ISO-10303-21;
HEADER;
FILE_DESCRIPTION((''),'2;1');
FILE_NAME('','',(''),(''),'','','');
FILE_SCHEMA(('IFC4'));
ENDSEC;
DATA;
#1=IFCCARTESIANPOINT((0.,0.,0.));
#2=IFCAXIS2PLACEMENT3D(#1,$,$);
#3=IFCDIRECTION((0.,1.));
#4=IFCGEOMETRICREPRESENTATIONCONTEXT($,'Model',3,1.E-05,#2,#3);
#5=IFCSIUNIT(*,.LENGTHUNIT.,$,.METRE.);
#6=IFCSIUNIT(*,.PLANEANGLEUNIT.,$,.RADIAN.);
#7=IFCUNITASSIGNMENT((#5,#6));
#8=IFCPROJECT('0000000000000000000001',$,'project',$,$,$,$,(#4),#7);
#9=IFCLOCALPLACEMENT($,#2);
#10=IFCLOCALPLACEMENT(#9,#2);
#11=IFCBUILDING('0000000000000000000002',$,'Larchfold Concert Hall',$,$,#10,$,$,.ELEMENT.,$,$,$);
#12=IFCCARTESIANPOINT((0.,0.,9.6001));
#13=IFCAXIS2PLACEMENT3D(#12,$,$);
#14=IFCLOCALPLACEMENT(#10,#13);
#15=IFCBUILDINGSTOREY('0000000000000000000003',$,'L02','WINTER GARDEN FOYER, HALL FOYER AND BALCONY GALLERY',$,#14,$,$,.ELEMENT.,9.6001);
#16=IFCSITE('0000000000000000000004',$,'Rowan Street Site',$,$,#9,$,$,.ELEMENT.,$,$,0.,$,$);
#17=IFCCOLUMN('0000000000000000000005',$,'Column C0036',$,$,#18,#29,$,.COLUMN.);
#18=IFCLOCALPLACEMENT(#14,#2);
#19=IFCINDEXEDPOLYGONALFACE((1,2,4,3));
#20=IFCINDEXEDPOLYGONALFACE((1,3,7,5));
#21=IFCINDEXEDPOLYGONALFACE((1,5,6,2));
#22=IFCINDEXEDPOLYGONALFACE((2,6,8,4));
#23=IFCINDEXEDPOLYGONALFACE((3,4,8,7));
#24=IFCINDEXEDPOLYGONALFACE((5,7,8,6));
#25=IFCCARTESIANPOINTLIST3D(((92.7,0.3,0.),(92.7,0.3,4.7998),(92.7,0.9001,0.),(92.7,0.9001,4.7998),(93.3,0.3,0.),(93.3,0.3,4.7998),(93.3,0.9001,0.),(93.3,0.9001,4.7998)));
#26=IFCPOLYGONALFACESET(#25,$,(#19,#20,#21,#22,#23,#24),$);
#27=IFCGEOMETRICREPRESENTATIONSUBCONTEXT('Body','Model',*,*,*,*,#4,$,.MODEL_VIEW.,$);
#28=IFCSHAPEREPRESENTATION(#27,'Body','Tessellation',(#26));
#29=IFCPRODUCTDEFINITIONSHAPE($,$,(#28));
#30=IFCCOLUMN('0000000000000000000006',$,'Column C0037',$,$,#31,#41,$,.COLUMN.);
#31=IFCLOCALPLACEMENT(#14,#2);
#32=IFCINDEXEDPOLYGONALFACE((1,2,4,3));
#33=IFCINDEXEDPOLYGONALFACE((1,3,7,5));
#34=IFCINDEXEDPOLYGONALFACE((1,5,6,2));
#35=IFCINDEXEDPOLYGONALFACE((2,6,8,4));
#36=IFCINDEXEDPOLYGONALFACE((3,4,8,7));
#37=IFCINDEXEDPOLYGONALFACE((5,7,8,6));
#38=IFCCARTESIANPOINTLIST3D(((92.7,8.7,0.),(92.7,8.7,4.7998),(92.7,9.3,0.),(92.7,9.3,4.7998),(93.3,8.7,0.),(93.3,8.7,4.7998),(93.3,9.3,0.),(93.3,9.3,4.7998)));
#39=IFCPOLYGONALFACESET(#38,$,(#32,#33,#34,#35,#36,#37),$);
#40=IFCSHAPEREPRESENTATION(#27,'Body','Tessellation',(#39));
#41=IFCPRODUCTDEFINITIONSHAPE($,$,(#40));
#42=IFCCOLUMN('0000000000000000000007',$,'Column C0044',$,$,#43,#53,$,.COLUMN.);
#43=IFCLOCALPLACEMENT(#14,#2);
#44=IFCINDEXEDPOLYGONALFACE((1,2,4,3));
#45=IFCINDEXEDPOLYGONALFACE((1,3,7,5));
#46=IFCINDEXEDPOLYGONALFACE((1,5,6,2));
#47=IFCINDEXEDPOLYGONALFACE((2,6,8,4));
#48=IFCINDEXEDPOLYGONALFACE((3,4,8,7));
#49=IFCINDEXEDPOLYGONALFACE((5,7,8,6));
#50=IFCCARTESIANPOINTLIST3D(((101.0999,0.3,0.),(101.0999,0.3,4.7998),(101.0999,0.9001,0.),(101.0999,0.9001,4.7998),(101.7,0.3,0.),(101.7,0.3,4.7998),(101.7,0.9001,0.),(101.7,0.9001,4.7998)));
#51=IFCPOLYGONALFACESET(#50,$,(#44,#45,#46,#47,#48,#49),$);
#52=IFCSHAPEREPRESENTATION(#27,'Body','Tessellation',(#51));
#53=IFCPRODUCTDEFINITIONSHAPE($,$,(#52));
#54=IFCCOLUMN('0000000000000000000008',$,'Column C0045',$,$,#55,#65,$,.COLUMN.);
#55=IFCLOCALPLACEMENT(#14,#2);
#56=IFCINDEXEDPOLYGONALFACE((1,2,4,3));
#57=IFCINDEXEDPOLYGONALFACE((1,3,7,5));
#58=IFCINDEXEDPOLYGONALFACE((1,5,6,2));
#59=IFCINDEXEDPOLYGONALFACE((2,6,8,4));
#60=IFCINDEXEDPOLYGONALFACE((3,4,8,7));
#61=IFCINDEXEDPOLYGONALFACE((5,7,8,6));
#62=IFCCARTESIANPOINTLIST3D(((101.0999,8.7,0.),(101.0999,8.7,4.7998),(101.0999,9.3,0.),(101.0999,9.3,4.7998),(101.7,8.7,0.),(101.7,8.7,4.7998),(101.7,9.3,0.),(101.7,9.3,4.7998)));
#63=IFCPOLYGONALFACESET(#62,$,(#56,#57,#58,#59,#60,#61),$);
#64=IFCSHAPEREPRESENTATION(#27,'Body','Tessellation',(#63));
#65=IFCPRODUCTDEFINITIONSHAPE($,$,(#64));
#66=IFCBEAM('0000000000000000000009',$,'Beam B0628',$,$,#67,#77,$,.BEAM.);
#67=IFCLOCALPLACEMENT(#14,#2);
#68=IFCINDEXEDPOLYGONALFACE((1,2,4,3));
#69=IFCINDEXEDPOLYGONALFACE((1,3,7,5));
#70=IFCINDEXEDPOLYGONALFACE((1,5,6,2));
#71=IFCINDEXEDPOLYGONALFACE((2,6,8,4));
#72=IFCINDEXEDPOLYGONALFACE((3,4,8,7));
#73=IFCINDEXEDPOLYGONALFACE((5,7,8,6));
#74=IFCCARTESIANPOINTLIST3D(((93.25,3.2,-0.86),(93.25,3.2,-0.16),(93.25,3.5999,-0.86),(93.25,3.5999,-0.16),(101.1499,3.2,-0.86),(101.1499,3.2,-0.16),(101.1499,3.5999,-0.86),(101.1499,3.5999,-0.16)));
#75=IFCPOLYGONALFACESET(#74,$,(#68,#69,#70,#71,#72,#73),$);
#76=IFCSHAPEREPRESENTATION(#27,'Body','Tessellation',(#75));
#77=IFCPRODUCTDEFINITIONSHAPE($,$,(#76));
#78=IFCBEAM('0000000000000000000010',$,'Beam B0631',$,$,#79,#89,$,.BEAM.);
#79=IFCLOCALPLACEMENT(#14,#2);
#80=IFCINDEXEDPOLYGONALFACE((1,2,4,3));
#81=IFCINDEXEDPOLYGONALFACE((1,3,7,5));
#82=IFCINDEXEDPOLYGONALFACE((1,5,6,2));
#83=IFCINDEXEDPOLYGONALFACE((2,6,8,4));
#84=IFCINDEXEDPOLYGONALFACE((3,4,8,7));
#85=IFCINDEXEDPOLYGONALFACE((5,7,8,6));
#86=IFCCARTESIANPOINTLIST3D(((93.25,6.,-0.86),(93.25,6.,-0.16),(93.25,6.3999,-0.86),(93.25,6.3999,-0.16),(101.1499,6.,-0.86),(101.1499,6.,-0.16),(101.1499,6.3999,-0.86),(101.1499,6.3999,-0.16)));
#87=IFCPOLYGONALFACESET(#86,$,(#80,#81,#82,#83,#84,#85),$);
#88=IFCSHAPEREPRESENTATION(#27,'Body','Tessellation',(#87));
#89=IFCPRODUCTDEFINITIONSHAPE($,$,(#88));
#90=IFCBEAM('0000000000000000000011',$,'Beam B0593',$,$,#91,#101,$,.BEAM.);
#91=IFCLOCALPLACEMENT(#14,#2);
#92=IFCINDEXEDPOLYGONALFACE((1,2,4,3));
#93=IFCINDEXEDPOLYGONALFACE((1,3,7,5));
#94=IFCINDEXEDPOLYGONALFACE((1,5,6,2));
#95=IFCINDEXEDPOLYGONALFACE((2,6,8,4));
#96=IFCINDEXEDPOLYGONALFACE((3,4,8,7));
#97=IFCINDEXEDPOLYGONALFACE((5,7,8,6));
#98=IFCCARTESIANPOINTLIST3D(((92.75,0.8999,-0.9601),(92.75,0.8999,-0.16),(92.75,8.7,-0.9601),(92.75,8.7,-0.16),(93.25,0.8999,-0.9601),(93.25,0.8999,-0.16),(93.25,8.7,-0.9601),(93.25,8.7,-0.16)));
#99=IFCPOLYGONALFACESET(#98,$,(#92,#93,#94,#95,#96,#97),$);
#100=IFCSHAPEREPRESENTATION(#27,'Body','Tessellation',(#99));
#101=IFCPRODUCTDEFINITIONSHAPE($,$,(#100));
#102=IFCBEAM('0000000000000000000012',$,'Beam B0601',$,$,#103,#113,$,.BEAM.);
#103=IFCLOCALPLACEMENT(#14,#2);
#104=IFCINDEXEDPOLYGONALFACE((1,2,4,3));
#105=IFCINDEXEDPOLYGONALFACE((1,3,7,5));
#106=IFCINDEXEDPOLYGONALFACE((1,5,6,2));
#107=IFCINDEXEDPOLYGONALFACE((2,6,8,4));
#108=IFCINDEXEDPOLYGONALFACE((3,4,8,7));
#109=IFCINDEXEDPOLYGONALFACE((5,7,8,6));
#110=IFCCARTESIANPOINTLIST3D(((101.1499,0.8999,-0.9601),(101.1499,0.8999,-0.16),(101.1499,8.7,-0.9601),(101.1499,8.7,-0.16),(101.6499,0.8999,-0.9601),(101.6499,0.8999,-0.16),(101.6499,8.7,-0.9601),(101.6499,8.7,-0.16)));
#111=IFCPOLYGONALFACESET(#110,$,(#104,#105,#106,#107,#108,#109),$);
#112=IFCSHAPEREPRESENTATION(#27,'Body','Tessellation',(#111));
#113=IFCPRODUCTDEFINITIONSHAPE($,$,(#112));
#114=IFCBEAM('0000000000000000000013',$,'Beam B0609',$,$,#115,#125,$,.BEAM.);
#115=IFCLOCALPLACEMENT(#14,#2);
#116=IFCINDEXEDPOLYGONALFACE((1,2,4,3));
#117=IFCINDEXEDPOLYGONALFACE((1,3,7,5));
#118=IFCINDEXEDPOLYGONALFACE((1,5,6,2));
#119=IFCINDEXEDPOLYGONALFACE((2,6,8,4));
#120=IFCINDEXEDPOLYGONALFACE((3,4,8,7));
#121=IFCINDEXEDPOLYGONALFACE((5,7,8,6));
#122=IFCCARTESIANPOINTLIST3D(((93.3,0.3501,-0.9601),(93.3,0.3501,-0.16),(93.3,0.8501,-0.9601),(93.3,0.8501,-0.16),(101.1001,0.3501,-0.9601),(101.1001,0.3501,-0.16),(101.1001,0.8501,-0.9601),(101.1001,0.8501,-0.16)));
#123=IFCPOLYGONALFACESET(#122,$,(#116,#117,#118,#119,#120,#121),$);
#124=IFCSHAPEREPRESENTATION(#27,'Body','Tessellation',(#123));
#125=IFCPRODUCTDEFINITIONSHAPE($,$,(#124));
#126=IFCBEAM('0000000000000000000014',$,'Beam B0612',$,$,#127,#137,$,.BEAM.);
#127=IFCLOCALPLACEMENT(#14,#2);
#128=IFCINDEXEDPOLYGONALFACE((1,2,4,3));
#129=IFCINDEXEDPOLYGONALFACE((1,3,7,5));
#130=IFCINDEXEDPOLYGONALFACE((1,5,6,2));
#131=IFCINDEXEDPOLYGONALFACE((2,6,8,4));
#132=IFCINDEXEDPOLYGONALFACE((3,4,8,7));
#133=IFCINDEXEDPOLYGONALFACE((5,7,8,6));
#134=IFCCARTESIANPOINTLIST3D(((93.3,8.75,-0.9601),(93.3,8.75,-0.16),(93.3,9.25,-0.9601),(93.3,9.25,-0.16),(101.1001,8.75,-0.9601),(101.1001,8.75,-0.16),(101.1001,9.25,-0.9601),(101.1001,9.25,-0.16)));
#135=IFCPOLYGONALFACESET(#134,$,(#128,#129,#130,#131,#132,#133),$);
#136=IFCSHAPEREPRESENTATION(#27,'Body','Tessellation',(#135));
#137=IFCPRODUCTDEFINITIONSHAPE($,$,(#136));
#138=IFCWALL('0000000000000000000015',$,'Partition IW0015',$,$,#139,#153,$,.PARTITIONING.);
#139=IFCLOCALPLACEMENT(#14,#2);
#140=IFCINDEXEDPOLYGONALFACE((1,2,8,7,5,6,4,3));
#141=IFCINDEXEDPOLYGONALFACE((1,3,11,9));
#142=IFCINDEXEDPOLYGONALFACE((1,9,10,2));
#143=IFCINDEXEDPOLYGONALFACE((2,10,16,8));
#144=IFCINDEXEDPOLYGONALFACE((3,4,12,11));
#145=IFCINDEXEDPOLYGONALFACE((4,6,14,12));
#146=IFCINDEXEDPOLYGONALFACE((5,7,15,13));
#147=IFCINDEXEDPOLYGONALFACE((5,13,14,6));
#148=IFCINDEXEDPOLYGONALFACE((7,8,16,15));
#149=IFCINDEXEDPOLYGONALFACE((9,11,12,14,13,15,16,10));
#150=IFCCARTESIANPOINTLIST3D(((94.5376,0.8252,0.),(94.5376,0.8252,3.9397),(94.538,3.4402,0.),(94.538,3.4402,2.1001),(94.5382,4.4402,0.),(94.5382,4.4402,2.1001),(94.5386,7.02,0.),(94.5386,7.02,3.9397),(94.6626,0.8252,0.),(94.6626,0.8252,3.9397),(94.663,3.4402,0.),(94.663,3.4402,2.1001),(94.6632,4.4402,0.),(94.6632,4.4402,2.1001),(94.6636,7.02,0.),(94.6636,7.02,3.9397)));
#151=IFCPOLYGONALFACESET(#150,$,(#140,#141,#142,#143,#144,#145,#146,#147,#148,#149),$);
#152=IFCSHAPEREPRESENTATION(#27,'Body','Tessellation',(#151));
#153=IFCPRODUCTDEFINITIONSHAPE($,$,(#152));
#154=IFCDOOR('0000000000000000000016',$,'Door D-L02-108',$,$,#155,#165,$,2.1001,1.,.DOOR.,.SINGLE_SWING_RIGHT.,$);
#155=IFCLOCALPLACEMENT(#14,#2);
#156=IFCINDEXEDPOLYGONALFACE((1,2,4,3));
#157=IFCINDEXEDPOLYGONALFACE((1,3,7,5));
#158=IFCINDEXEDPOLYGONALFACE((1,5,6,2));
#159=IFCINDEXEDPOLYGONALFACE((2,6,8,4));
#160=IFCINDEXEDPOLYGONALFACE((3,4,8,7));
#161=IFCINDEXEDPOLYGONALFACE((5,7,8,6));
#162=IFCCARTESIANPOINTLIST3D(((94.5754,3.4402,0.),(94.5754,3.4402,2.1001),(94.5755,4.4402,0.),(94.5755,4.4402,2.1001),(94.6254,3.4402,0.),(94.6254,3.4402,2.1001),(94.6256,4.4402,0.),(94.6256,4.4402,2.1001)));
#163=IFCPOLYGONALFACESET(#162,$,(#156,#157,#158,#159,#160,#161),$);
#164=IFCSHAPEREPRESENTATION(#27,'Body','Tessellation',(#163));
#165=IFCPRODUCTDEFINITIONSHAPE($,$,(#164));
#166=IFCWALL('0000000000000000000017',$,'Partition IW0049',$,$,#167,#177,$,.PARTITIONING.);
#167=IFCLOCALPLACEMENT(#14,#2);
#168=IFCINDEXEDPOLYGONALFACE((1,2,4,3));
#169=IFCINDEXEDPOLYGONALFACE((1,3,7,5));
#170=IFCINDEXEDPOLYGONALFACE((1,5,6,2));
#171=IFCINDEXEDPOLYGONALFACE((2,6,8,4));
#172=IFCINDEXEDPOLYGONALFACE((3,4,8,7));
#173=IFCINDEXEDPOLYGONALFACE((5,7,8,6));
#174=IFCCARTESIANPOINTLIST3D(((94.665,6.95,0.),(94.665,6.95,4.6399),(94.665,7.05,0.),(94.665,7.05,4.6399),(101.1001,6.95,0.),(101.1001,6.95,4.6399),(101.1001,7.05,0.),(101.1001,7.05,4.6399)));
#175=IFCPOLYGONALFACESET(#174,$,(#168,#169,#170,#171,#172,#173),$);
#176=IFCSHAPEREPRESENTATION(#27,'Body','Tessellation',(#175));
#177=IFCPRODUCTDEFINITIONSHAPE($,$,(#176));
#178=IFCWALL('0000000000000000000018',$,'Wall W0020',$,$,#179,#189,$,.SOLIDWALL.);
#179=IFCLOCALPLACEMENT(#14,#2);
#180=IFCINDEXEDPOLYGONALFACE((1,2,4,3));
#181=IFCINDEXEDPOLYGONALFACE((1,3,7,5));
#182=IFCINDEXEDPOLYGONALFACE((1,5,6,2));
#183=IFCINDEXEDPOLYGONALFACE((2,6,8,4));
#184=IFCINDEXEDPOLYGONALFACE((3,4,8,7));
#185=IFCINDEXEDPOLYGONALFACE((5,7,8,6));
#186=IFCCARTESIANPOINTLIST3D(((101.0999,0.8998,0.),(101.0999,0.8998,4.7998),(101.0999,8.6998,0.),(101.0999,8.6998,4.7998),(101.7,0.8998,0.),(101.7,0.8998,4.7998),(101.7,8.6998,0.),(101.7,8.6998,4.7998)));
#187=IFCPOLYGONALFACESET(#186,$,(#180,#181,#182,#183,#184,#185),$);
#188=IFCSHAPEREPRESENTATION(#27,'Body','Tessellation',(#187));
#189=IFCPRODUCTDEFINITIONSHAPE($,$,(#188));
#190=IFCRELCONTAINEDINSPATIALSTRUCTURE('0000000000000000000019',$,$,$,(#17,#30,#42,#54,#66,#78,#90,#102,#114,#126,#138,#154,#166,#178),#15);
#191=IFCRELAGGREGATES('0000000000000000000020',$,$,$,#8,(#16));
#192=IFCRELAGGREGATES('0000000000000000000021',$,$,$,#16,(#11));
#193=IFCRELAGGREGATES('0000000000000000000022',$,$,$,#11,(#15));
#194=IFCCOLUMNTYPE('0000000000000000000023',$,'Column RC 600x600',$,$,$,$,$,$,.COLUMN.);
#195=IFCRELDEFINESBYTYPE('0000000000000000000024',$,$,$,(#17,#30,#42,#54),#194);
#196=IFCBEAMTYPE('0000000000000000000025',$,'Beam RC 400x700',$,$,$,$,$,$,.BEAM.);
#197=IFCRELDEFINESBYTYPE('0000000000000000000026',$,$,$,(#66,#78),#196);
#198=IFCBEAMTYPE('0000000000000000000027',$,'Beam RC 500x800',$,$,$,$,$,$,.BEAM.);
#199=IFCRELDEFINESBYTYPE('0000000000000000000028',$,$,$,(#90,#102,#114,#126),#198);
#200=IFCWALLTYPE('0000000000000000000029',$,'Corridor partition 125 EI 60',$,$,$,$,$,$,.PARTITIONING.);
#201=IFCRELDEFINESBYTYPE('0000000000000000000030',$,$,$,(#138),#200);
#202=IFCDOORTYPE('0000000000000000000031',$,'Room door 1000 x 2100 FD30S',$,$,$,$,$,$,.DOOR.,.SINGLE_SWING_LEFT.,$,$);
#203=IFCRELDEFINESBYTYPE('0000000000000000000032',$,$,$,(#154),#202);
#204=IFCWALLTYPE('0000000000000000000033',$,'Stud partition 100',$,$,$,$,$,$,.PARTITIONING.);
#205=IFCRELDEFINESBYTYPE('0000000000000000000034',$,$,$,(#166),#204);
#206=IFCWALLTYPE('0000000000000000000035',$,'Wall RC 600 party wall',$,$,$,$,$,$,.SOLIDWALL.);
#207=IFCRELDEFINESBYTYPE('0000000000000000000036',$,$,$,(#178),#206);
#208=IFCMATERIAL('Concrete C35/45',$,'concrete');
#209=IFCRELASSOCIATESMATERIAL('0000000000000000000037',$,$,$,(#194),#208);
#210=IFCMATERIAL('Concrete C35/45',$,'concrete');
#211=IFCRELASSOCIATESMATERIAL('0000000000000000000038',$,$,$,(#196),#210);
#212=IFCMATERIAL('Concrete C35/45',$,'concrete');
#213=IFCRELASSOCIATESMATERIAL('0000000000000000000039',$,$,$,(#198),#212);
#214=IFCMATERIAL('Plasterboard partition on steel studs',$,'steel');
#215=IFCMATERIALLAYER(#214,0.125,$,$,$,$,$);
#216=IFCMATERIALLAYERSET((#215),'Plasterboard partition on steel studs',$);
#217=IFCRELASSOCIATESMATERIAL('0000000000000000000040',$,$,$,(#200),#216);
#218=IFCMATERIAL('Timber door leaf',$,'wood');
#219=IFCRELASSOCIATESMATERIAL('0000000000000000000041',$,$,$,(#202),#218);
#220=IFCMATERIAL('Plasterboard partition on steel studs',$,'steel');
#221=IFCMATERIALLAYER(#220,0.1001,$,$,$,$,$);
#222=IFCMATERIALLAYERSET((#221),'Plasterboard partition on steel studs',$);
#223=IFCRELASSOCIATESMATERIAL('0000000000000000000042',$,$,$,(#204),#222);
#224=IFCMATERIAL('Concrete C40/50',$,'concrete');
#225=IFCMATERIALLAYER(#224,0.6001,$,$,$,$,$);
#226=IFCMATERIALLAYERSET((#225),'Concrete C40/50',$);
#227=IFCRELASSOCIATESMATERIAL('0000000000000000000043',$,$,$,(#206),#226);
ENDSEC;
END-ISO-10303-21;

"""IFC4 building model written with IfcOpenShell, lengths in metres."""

from ifc_helpers import new_model, si_unit, direction, frame, frame_2d, origin, origin_2d, place, context, subcontext, project, spatial, rectangle, extrude, material, layer, layer_set, material_profile, profile_set, type_object, element, fill, save


model = new_model("IFC4")

# Units and contexts
model_context = context("Model", 3, precision=1e-05, world=origin(), true_north=direction((0.0, 1.0)))
body_context = subcontext(model_context, "Body", "Model", "MODEL_VIEW")
ifc_project = project(units=[si_unit("LENGTHUNIT", "METRE"), si_unit("PLANEANGLEUNIT", "RADIAN")], contexts=[model_context])

# Site, building, storey
site_placement = place(None, origin())
site = spatial("IfcSite", under=ifc_project, at=site_placement, Name="Rowan Street Site", CompositionType="ELEMENT", RefElevation=0.0)
building_placement = place(site_placement, origin())
building = spatial("IfcBuilding", under=site, at=building_placement, Name="Larchfold Concert Hall", CompositionType="ELEMENT")
storey_placement = place(building_placement, frame((0.0, 0.0, 9.6001)))
storey = spatial("IfcBuildingStorey", under=building, at=storey_placement, Name="L02", Description="WINTER GARDEN FOYER, HALL FOYER AND BALCONY GALLERY", CompositionType="ELEMENT", Elevation=9.6001)

# Columns
ifc_material_1 = material(Name="Concrete C35/45", Category="concrete")
ifc_material_profile_1 = material_profile(ifc_material_1, rectangle(XDim=0.6001, YDim=0.6001, at=origin_2d()))
ifc_profile_set_1 = profile_set([ifc_material_profile_1], Name="Concrete C35/45")
column_type = type_object("IfcColumnType", Name="Column RC 600x600", PredefinedType="COLUMN", material=ifc_profile_set_1)
for number, where, z_axis, x_axis, name in (
    (1, (93.0, 0.6001, 0.0), (0.0, 0.0, 1.0), (1.0, 0.0, 0.0), "Column C0036"),
    (2, (93.0, 9.0, 0.0), (0.0, 0.0, 1.0), (1.0, 0.0, 0.0), "Column C0037"),
    (3, (101.3999, 0.6001, 0.0), (0.0, 0.0, 1.0), (1.0, 0.0, 0.0), "Column C0044"),
    (4, (101.3999, 9.0, 0.0), (0.0, 0.0, 1.0), (1.0, 0.0, 0.0), "Column C0045"),
):
    element("IfcColumn", number, at=place(storey_placement, frame(where, z_axis=z_axis, x_axis=x_axis)), inside=storey, type_object=column_type, Name=name, PredefinedType="COLUMN", context=body_context, shape_type="SweptSolid", body=[
        extrude(rectangle(XDim=0.6001, YDim=0.6001, at=origin_2d()), origin(), (0.0, 0.0, 1.0), 4.7998),
    ])

# Beams
ifc_material_2 = material(Name="Concrete C35/45", Category="concrete")
ifc_material_profile_2 = material_profile(ifc_material_2, rectangle(XDim=0.3999, YDim=0.7, at=origin_2d()))
ifc_profile_set_2 = profile_set([ifc_material_profile_2], Name="Concrete C35/45")
beam_type_1 = type_object("IfcBeamType", Name="Beam RC 400x700", PredefinedType="BEAM", material=ifc_profile_set_2)
for number, where, z_axis, x_axis, name in (
    (5, (93.25, 3.3999, -0.51), (1.0, 0.0, 0.0), (0.0, 1.0, 0.0), "Beam B0628"),
    (6, (93.25, 6.2, -0.51), (1.0, 0.0, 0.0), (0.0, 1.0, 0.0), "Beam B0631"),
):
    element("IfcBeam", number, at=place(storey_placement, frame(where, z_axis=z_axis, x_axis=x_axis)), inside=storey, type_object=beam_type_1, Name=name, PredefinedType="BEAM", context=body_context, shape_type="SweptSolid", body=[
        extrude(rectangle(XDim=0.3999, YDim=0.7, at=origin_2d()), origin(), (0.0, 0.0, 1.0), 7.8999),
    ])
ifc_material_3 = material(Name="Concrete C35/45", Category="concrete")
ifc_material_profile_3 = material_profile(ifc_material_3, rectangle(XDim=0.5, YDim=0.8, at=origin_2d()))
ifc_profile_set_3 = profile_set([ifc_material_profile_3], Name="Concrete C35/45")
beam_type_2 = type_object("IfcBeamType", Name="Beam RC 500x800", PredefinedType="BEAM", material=ifc_profile_set_3)
for number, where, z_axis, x_axis, name in (
    (7, (93.0, 0.8999, -0.5601), (0.0, 1.0, 0.0), (-1.0, 0.0, 0.0), "Beam B0593"),
    (8, (101.3999, 0.8999, -0.5601), (0.0, 1.0, 0.0), (-1.0, 0.0, 0.0), "Beam B0601"),
    (9, (93.3, 0.6001, -0.5601), (1.0, 0.0, 0.0), (0.0, 1.0, 0.0), "Beam B0609"),
    (10, (93.3, 9.0, -0.5601), (1.0, 0.0, 0.0), (0.0, 1.0, 0.0), "Beam B0612"),
):
    element("IfcBeam", number, at=place(storey_placement, frame(where, z_axis=z_axis, x_axis=x_axis)), inside=storey, type_object=beam_type_2, Name=name, PredefinedType="BEAM", context=body_context, shape_type="SweptSolid", body=[
        extrude(rectangle(XDim=0.5, YDim=0.8, at=origin_2d()), origin(), (0.0, 0.0, 1.0), 7.8),
    ])

# Wall, opening, door
ifc_material_4 = material(Name="Plasterboard partition on steel studs", Category="steel")
ifc_layer_1 = layer(ifc_material_4, 0.125)
ifc_layer_set_1 = layer_set([ifc_layer_1], Name="Plasterboard partition on steel studs")
wall_type_1 = type_object("IfcWallType", Name="Corridor partition 125 EI 60", PredefinedType="PARTITIONING", material=ifc_layer_set_1)
wall_1_placement = place(storey_placement, frame((94.6011, 7.02, 0.0), z_axis=(0.0, 0.0, 1.0), x_axis=(-0.000158, -1.0, 0.0)))
wall_1 = element("IfcWall", 11, at=wall_1_placement, inside=storey, type_object=wall_type_1, Name="Partition IW0015", PredefinedType="PARTITIONING", context=body_context, shape_type="SweptSolid", body=[
    extrude(rectangle(XDim=6.1948, YDim=0.125, at=frame_2d((3.0974, 0.0))), origin(), (0.0, 0.0, 1.0), 3.9397),
])
opening_1_placement = place(wall_1_placement, frame((2.5798, 0.0, 0.0)))
opening_1 = element("IfcOpeningElement", 12, at=opening_1_placement, cuts=wall_1, PredefinedType="OPENING", context=body_context, shape_type="SweptSolid", body=[
    extrude(rectangle(XDim=1.0, YDim=2.1001, at=frame_2d((0.5, 1.05))), frame((0.0, 0.0725, 0.0), z_axis=(0.0, -1.0, 0.0), x_axis=(1.0, 0.0, 0.0)), (0.0, 0.0, 1.0), 0.145),
])
ifc_material_5 = material(Name="Timber door leaf", Category="wood")
door_type = type_object("IfcDoorType", Name="Room door 1000 x 2100 FD30S", OperationType="SINGLE_SWING_LEFT", PredefinedType="DOOR", material=ifc_material_5)
door_placement = place(opening_1_placement, origin())
door = element("IfcDoor", 13, at=door_placement, inside=storey, type_object=door_type, Name="Door D-L02-108", OperationType="SINGLE_SWING_RIGHT", OverallHeight=2.1001, OverallWidth=1.0, PredefinedType="DOOR", context=body_context, shape_type="SweptSolid", body=[
    extrude(rectangle(XDim=1.0, YDim=2.1001, at=frame_2d((0.5, 1.05))), frame((0.0, 0.0249, 0.0), z_axis=(0.0, -1.0, 0.0), x_axis=(1.0, 0.0, 0.0)), (0.0, 0.0, 1.0), 0.05),
])
fill(opening_1, door)

# Walls
ifc_material_6 = material(Name="Plasterboard partition on steel studs", Category="steel")
ifc_layer_2 = layer(ifc_material_6, 0.1001)
ifc_layer_set_2 = layer_set([ifc_layer_2], Name="Plasterboard partition on steel studs")
wall_type_2 = type_object("IfcWallType", Name="Stud partition 100", PredefinedType="PARTITIONING", material=ifc_layer_set_2)
wall_2_placement = place(storey_placement, frame((94.665, 7.0, 0.0), z_axis=(0.0, 0.0, 1.0), x_axis=(1.0, 0.0, 0.0)))
element("IfcWall", 14, at=wall_2_placement, inside=storey, type_object=wall_type_2, Name="Partition IW0049", PredefinedType="PARTITIONING", context=body_context, shape_type="SweptSolid", body=[
    extrude(rectangle(XDim=6.4351, YDim=0.1001, at=frame_2d((3.2175, 0.0))), origin(), (0.0, 0.0, 1.0), 4.6399),
])
ifc_material_7 = material(Name="Concrete C40/50", Category="concrete")
ifc_layer_3 = layer(ifc_material_7, 0.6001)
ifc_layer_set_3 = layer_set([ifc_layer_3], Name="Concrete C40/50")
wall_type_3 = type_object("IfcWallType", Name="Wall RC 600 party wall", PredefinedType="SOLIDWALL", material=ifc_layer_set_3)
wall_3_placement = place(storey_placement, frame((101.3999, 0.8999, 0.0), z_axis=(0.0, 0.0, 1.0), x_axis=(0.0, 1.0, 0.0)))
element("IfcWall", 15, at=wall_3_placement, inside=storey, type_object=wall_type_3, Name="Wall W0020", PredefinedType="SOLIDWALL", context=body_context, shape_type="SweptSolid", body=[
    extrude(rectangle(XDim=7.8, YDim=0.6001, at=frame_2d((3.8999, 0.0))), origin(), (0.0, 0.0, 1.0), 4.7998),
])

save(model, "model.ifc")
